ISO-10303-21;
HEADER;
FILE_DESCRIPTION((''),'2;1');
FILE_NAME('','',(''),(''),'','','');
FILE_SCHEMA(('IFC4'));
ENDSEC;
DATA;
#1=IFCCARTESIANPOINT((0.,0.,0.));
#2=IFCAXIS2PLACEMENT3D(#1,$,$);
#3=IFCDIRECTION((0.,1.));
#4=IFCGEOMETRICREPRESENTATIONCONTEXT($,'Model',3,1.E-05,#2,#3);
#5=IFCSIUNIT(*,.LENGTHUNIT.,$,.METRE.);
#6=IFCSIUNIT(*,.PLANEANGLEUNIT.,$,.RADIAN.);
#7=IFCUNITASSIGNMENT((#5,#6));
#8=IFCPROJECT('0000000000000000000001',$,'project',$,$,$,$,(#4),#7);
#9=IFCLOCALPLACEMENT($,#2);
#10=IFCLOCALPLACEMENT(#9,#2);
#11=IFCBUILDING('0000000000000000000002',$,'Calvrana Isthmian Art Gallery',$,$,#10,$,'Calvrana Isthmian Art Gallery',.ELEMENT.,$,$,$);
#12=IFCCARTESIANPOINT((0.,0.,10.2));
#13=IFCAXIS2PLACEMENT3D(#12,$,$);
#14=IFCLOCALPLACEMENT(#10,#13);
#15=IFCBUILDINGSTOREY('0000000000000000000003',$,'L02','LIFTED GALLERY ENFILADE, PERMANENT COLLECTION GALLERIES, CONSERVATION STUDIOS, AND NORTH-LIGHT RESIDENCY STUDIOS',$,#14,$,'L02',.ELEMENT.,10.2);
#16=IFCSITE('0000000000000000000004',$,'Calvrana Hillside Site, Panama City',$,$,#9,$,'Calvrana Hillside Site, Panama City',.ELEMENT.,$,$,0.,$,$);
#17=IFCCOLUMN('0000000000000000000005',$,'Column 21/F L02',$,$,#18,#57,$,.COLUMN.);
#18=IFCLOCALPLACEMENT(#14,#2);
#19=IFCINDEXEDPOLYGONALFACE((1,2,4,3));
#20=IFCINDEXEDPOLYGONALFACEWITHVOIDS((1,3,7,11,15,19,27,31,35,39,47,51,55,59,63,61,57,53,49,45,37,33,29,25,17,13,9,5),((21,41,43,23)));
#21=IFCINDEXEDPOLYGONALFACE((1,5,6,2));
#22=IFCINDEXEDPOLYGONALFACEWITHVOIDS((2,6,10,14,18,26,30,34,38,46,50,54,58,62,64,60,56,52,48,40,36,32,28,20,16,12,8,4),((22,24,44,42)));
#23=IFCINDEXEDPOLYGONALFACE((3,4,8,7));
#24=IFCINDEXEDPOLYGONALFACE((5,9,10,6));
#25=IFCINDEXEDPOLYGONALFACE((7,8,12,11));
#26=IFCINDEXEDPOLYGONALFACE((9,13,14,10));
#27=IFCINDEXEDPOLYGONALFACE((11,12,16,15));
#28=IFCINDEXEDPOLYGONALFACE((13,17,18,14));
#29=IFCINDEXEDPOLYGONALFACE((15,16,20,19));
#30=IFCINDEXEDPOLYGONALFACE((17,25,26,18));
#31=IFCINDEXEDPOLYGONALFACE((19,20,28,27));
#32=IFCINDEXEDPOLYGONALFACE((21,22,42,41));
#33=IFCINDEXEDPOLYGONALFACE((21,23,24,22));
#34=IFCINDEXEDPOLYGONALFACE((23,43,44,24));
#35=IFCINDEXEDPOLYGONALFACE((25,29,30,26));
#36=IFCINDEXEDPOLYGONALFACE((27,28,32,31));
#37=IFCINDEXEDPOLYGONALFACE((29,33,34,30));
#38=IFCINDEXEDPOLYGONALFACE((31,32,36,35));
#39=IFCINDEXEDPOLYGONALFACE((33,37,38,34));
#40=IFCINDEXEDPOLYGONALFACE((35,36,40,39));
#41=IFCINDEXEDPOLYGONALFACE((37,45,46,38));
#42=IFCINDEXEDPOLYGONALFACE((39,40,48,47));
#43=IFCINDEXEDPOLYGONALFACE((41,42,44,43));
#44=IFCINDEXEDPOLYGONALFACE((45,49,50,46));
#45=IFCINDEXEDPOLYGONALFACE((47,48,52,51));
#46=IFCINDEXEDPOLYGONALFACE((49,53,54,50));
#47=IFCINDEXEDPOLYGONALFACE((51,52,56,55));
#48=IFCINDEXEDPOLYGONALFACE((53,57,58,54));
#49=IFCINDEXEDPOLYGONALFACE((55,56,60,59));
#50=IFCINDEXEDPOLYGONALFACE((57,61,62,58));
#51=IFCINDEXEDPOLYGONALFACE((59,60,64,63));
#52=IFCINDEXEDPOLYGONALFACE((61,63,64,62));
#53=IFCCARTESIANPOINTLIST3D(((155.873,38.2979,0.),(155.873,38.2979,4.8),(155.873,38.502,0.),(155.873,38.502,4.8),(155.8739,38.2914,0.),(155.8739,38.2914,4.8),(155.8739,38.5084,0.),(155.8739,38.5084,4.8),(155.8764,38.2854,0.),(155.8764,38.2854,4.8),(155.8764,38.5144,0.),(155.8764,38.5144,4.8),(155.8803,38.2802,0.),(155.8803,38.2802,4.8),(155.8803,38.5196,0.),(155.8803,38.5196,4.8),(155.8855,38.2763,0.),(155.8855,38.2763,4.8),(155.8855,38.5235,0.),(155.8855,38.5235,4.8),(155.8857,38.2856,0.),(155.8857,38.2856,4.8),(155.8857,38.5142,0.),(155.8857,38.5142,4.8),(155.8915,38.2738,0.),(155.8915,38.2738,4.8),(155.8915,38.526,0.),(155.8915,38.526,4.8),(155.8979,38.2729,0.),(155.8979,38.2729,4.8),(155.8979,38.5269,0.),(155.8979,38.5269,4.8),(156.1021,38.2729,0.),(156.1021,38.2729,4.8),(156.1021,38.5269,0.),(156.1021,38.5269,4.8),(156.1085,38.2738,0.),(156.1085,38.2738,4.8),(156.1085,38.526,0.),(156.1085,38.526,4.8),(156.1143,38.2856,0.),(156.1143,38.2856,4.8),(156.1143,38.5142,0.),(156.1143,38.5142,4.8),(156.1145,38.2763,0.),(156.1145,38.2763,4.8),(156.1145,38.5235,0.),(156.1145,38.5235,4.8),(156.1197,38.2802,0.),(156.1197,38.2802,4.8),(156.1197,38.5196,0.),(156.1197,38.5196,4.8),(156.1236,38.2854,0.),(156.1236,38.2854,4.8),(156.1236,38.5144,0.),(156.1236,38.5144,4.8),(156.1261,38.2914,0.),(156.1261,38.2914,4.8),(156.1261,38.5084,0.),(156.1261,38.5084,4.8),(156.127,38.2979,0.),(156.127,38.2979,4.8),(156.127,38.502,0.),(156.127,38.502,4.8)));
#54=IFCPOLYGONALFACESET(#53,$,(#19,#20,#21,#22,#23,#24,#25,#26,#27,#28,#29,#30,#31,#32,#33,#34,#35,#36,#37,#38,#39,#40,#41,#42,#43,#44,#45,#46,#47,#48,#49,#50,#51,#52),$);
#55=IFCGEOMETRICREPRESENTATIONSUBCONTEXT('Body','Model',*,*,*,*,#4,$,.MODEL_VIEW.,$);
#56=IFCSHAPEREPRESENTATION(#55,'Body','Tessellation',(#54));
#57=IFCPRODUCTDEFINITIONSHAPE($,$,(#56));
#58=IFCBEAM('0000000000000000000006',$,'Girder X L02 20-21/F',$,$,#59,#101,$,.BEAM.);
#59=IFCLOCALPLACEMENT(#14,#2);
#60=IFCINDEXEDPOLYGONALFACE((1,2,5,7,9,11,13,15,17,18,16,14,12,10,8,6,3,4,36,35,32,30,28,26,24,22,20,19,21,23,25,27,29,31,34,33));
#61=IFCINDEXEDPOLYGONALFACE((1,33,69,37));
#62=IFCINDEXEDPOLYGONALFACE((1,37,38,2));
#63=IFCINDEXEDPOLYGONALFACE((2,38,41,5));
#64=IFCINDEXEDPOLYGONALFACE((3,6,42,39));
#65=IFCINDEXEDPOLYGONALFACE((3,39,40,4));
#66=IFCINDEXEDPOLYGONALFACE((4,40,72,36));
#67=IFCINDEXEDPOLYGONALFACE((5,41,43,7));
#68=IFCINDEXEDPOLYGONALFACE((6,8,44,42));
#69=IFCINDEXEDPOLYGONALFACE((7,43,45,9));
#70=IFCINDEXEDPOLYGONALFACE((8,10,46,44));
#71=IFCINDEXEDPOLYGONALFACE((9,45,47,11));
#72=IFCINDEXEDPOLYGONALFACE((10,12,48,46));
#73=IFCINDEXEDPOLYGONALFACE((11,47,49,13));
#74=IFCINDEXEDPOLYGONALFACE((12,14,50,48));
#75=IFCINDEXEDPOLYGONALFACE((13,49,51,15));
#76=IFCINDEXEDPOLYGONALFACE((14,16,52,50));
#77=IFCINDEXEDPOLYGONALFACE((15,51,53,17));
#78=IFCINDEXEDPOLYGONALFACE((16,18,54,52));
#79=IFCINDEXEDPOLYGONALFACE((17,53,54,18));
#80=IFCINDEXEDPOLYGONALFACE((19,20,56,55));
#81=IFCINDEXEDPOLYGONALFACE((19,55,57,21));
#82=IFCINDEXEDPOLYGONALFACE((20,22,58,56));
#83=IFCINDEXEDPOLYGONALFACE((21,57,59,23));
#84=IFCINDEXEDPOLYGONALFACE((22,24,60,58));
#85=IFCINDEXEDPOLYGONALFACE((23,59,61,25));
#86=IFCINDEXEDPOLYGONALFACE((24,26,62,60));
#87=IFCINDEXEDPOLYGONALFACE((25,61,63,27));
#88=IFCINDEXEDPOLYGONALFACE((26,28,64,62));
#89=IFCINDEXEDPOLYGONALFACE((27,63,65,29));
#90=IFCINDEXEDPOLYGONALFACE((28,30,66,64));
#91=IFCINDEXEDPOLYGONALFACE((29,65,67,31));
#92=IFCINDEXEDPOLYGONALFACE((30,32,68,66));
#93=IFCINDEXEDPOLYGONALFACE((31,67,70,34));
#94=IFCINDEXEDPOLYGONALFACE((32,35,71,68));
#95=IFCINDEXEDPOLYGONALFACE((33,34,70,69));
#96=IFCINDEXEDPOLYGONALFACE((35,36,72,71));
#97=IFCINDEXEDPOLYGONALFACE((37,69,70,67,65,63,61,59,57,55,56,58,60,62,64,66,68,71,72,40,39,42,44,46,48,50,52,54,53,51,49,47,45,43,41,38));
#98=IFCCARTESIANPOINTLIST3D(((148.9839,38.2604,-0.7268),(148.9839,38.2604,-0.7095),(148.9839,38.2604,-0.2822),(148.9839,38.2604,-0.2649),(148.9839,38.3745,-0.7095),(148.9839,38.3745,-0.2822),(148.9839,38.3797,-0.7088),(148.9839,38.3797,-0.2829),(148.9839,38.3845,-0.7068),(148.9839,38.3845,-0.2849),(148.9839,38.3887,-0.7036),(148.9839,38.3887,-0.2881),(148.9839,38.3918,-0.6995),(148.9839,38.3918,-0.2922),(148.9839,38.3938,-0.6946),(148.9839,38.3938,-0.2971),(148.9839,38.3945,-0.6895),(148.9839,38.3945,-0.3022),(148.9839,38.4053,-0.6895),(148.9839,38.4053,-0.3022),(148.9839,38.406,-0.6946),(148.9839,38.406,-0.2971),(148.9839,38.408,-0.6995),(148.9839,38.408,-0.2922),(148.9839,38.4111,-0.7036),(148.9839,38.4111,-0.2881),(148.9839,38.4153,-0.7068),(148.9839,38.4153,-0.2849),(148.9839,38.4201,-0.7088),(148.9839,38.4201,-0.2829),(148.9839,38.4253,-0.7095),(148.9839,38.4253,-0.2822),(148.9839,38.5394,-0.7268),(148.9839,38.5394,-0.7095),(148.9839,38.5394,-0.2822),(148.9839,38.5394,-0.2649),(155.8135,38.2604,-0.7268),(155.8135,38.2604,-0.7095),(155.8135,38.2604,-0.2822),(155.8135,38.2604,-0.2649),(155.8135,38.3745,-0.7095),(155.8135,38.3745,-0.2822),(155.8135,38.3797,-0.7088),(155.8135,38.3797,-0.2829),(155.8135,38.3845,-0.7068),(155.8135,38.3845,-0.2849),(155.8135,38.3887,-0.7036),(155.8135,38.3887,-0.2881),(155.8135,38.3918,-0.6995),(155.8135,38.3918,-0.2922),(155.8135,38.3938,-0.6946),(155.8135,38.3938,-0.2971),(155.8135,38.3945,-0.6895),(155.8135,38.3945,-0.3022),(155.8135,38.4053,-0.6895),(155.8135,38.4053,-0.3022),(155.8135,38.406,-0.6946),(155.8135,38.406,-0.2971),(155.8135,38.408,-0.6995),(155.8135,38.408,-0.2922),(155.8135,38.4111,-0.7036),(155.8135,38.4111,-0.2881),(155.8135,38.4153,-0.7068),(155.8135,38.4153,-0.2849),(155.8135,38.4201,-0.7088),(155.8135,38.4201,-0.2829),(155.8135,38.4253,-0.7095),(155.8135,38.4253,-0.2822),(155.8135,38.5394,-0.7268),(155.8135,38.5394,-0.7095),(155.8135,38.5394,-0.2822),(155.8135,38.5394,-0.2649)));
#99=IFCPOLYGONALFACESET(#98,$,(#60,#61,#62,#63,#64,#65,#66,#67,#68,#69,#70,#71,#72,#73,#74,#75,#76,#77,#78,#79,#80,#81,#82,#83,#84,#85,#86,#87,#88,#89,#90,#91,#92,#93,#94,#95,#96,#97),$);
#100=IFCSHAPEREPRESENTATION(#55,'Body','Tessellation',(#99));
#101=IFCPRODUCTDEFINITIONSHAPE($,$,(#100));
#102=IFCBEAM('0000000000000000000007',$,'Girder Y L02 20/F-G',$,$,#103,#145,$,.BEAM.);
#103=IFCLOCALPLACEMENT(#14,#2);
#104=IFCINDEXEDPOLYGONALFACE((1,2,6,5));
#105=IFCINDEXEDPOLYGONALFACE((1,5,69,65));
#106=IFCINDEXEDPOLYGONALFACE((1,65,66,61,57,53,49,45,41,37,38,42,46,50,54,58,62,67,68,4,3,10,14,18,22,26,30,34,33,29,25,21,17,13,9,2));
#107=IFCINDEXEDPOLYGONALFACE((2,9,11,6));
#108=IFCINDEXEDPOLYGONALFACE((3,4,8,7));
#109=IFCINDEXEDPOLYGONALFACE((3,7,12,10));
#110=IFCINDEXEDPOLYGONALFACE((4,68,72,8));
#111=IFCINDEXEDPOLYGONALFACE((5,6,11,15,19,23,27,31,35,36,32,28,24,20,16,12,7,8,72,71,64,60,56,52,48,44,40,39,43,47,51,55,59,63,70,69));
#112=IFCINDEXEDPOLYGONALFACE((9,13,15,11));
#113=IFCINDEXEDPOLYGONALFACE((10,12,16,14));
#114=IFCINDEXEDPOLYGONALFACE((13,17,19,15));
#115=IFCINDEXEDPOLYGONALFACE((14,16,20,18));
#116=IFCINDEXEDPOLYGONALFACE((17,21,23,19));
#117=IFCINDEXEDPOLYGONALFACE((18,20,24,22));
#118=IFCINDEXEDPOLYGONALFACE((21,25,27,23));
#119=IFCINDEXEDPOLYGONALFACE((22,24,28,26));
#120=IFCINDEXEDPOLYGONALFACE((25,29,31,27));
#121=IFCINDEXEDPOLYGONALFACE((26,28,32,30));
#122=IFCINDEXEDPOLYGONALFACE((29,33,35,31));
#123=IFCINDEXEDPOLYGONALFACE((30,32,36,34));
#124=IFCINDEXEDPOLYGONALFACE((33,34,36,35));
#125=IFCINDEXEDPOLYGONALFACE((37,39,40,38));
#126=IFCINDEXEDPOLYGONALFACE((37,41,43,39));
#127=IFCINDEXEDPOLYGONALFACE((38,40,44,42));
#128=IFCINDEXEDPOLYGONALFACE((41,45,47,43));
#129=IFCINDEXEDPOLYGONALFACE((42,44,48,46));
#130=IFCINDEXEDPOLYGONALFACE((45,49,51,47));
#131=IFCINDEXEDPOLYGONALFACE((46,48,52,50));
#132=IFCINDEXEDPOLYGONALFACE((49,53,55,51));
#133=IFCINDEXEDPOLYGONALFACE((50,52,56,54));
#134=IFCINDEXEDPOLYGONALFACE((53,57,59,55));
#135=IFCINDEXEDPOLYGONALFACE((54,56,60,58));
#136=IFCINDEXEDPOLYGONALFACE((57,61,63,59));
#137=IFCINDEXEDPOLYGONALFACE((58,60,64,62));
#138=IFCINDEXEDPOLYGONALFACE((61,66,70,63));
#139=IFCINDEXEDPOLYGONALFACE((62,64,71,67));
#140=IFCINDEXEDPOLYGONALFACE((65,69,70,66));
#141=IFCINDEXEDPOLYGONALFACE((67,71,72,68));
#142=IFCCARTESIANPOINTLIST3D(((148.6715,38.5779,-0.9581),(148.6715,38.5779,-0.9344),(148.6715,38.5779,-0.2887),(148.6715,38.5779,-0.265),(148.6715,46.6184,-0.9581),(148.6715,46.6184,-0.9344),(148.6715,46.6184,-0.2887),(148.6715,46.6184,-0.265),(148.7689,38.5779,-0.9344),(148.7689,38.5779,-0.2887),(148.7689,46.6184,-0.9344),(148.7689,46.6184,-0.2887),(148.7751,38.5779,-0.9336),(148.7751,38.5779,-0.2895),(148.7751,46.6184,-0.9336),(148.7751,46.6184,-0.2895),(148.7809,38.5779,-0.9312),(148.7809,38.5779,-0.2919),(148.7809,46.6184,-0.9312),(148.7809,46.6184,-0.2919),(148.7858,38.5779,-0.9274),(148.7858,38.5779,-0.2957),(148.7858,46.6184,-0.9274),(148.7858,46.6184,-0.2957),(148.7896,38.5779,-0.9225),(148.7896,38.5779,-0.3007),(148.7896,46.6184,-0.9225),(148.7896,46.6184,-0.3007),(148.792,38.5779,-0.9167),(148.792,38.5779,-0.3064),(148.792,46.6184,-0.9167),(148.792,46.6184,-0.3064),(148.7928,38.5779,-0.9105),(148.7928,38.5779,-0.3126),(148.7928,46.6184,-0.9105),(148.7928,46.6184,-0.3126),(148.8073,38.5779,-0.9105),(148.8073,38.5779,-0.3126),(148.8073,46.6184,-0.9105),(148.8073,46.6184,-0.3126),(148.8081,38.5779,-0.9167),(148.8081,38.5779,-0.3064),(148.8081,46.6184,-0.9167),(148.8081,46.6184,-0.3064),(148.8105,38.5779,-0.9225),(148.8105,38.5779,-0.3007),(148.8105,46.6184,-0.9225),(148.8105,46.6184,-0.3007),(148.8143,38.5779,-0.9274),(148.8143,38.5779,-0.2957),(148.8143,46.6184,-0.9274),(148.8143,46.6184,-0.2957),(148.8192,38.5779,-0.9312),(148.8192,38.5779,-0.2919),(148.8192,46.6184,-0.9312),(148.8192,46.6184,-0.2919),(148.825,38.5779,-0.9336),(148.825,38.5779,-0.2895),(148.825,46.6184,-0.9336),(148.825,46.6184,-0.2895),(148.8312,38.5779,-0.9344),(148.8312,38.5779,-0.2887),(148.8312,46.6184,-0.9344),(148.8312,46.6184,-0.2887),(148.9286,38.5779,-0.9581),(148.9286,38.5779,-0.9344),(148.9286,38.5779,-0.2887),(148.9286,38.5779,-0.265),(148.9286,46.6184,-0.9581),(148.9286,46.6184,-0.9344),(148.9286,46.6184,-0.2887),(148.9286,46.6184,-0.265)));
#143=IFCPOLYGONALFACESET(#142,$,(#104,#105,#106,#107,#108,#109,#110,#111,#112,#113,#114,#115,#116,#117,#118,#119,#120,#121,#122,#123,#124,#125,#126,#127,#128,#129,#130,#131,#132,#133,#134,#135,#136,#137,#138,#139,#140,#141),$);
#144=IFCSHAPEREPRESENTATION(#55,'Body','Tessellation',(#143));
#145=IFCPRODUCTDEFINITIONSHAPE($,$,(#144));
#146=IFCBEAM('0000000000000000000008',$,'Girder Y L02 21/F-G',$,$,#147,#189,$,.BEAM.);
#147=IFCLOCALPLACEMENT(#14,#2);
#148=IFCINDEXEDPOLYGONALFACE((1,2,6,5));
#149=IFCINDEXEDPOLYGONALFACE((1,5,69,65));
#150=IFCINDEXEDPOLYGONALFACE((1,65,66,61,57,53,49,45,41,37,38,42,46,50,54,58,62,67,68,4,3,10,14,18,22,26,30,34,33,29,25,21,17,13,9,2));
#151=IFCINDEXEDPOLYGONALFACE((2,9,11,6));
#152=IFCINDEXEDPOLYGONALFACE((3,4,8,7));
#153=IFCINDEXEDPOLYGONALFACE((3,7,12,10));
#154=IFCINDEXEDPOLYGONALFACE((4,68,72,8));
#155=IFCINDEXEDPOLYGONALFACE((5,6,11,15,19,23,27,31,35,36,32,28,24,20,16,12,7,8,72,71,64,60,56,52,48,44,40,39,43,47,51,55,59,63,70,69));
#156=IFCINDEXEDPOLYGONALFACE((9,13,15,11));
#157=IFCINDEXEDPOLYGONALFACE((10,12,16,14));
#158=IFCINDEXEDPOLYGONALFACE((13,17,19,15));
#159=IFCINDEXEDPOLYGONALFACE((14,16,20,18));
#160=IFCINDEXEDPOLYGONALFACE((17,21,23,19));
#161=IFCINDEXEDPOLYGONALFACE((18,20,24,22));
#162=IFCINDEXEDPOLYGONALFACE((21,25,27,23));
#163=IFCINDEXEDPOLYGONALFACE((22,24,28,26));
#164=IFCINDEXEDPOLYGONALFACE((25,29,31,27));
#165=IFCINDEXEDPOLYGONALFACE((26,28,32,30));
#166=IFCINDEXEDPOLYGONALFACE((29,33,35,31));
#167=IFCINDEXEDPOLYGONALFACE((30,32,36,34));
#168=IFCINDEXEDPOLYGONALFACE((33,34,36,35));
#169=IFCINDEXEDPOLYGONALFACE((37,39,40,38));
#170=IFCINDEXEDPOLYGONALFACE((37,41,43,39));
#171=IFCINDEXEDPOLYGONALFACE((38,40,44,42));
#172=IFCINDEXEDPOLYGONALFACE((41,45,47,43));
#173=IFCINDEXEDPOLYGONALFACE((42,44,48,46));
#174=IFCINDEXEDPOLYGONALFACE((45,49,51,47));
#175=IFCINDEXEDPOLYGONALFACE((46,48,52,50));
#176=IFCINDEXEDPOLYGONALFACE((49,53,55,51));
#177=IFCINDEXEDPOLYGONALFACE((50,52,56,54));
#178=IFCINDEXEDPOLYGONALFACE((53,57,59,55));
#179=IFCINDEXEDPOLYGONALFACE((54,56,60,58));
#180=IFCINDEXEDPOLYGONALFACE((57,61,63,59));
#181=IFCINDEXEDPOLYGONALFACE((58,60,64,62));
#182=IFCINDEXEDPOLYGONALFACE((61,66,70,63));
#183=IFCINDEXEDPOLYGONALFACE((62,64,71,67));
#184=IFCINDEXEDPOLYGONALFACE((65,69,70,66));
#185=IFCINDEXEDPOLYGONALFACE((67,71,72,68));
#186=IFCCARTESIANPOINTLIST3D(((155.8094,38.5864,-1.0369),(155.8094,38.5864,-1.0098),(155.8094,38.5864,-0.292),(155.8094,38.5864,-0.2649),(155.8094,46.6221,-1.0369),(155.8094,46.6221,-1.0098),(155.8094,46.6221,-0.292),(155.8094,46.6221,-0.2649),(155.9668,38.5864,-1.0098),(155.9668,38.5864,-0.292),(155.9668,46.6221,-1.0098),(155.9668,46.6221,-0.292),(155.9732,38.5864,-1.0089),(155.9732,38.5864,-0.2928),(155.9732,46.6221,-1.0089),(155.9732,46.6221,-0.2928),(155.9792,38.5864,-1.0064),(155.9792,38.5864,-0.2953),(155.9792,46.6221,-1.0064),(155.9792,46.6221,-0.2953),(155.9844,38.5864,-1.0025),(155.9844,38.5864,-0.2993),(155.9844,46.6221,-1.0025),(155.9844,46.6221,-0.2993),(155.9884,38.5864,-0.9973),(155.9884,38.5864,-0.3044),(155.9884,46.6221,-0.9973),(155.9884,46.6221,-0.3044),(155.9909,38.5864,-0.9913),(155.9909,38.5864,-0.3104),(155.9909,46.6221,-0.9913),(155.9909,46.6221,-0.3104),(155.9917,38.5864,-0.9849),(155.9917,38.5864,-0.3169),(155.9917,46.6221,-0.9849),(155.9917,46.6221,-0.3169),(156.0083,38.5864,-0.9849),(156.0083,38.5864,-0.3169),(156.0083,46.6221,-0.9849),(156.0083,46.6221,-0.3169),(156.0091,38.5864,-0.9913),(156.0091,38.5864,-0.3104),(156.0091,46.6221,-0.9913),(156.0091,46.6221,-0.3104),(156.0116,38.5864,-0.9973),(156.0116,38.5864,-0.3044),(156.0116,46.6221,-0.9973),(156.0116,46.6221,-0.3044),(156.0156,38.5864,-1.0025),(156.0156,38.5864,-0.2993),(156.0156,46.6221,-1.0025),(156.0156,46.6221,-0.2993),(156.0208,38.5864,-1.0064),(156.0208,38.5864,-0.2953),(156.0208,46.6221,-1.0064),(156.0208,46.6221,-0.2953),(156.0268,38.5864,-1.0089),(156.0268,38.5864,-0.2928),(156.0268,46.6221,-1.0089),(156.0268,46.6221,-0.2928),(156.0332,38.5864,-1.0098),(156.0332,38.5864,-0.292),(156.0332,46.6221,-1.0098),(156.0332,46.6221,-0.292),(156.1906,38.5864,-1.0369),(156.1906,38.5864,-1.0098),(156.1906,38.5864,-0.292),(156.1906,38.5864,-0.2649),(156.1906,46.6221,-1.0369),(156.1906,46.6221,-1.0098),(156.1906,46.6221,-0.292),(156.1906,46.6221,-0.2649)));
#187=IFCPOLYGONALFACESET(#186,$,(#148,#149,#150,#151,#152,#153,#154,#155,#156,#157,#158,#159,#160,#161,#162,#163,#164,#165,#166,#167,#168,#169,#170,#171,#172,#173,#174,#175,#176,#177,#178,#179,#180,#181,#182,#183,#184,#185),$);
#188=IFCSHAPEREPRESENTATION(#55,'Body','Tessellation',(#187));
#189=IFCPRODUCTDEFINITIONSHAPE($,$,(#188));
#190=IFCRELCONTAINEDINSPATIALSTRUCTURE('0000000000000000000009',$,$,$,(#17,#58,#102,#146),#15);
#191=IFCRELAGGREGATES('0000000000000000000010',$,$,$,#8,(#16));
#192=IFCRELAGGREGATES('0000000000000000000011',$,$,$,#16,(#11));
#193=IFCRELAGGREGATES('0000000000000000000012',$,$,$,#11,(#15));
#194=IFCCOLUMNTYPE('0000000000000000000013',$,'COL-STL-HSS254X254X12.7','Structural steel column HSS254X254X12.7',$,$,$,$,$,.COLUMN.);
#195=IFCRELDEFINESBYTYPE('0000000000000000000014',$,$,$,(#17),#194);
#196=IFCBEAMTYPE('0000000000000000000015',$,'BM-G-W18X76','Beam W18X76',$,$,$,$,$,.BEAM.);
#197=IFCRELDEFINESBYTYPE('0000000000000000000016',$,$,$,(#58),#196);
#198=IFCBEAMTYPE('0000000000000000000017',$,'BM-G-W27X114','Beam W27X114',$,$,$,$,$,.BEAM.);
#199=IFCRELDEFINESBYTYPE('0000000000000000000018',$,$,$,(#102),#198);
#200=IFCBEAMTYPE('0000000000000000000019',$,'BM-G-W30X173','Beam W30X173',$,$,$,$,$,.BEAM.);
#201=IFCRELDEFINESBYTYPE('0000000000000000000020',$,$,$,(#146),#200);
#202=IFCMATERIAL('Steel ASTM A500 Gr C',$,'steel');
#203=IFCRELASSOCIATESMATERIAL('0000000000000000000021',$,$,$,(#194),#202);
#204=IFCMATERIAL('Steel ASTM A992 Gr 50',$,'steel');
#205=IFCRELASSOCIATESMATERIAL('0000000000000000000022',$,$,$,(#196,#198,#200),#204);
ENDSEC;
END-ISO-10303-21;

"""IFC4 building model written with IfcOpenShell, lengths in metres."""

from ifc_helpers import new_model, si_unit, direction, frame, origin, origin_2d, place, context, subcontext, project, spatial, hollow_rectangle, i_section, extrude, material, material_profile, profile_set, type_object, element, save


model = new_model("IFC4")

# Units and contexts
model_context = context("Model", 3, precision=1e-05, world=origin(), true_north=direction((0.0, 1.0)))
body_context = subcontext(model_context, "Body", "Model", "MODEL_VIEW")
ifc_project = project(units=[si_unit("LENGTHUNIT", "METRE"), si_unit("PLANEANGLEUNIT", "RADIAN")], contexts=[model_context])

# Site, building, storey
site_placement = place(None, origin())
site = spatial("IfcSite", under=ifc_project, at=site_placement, Name="Calvrana Hillside Site, Panama City", LongName="Calvrana Hillside Site, Panama City", CompositionType="ELEMENT", RefElevation=0.0)
building_placement = place(site_placement, origin())
building = spatial("IfcBuilding", under=site, at=building_placement, Name="Calvrana Isthmian Art Gallery", LongName="Calvrana Isthmian Art Gallery", CompositionType="ELEMENT")
storey_placement = place(building_placement, frame((0.0, 0.0, 10.2)))
storey = spatial("IfcBuildingStorey", under=building, at=storey_placement, Name="L02", Description="LIFTED GALLERY ENFILADE, PERMANENT COLLECTION GALLERIES, CONSERVATION STUDIOS, AND NORTH-LIGHT RESIDENCY STUDIOS", LongName="L02", CompositionType="ELEMENT", Elevation=10.2)

# Column
ifc_material_1 = material(Name="Steel ASTM A500 Gr C", Category="steel")
ifc_material_profile_1 = material_profile(ifc_material_1, hollow_rectangle(XDim=0.2539, YDim=0.2539, WallThickness=0.0127, OuterFilletRadius=0.0249, at=origin_2d()), Name="HSS254X254X12.7")
ifc_profile_set_1 = profile_set([ifc_material_profile_1], Name="Steel ASTM A500 Gr C")
column_type = type_object("IfcColumnType", Name="COL-STL-HSS254X254X12.7", Description="Structural steel column HSS254X254X12.7", PredefinedType="COLUMN", material=ifc_profile_set_1)
column_placement = place(storey_placement, frame((156.0, 38.3999, 0.0), z_axis=(0.0, 0.0, 1.0), x_axis=(1.0, 0.0, 0.0)))
element("IfcColumn", 1, at=column_placement, inside=storey, type_object=column_type, Name="Column 21/F L02", PredefinedType="COLUMN", context=body_context, shape_type="SweptSolid", body=[
    extrude(hollow_rectangle(XDim=0.2539, YDim=0.2539, WallThickness=0.0127, OuterFilletRadius=0.0249, at=origin_2d()), origin(), (0.0, 0.0, 1.0), 4.8),
])

# Beams
ifc_material_2 = material(Name="Steel ASTM A992 Gr 50", Category="steel")
ifc_material_profile_2 = material_profile(ifc_material_2, i_section(OverallWidth=0.2791, OverallDepth=0.4619, WebThickness=0.0107, FlangeThickness=0.0173, FilletRadius=0.02, at=origin_2d()), Name="W18X76")
ifc_profile_set_2 = profile_set([ifc_material_profile_2], Name="Steel ASTM A992 Gr 50")
beam_type_1 = type_object("IfcBeamType", Name="BM-G-W18X76", Description="Beam W18X76", PredefinedType="BEAM", material=ifc_profile_set_2)
beam_1_placement = place(storey_placement, frame((148.9839, 38.3999, -0.4958), z_axis=(1.0, 0.0, 0.0), x_axis=(0.0, 1.0, 0.0)))
element("IfcBeam", 2, at=beam_1_placement, inside=storey, type_object=beam_type_1, Name="Girder X L02 20-21/F", PredefinedType="BEAM", context=body_context, shape_type="SweptSolid", body=[
    extrude(i_section(OverallWidth=0.2791, OverallDepth=0.4619, WebThickness=0.0107, FlangeThickness=0.0173, FilletRadius=0.02, at=origin_2d()), origin(), (0.0, 0.0, 1.0), 6.8296),
])
ifc_material_profile_3 = material_profile(ifc_material_2, i_section(OverallWidth=0.2571, OverallDepth=0.6931, WebThickness=0.0144, FlangeThickness=0.0237, FilletRadius=0.0239, at=origin_2d()), Name="W27X114")
ifc_profile_set_3 = profile_set([ifc_material_profile_3], Name="Steel ASTM A992 Gr 50")
beam_type_2 = type_object("IfcBeamType", Name="BM-G-W27X114", Description="Beam W27X114", PredefinedType="BEAM", material=ifc_profile_set_3)
beam_2_placement = place(storey_placement, frame((148.8, 38.5779, -0.6116), z_axis=(0.0, 1.0, 0.0), x_axis=(-1.0, 0.0, 0.0)))
element("IfcBeam", 3, at=beam_2_placement, inside=storey, type_object=beam_type_2, Name="Girder Y L02 20/F-G", PredefinedType="BEAM", context=body_context, shape_type="SweptSolid", body=[
    extrude(i_section(OverallWidth=0.2571, OverallDepth=0.6931, WebThickness=0.0144, FlangeThickness=0.0237, FilletRadius=0.0239, at=origin_2d()), origin(), (0.0, 0.0, 1.0), 8.0405),
])
ifc_material_profile_4 = material_profile(ifc_material_2, i_section(OverallWidth=0.3811, OverallDepth=0.772, WebThickness=0.0166, FlangeThickness=0.0271, FilletRadius=0.0249, at=origin_2d()), Name="W30X173")
ifc_profile_set_4 = profile_set([ifc_material_profile_4], Name="Steel ASTM A992 Gr 50")
beam_type_3 = type_object("IfcBeamType", Name="BM-G-W30X173", Description="Beam W30X173", PredefinedType="BEAM", material=ifc_profile_set_4)
beam_3_placement = place(storey_placement, frame((156.0, 38.5864, -0.6509), z_axis=(0.0, 1.0, 0.0), x_axis=(-1.0, 0.0, 0.0)))
element("IfcBeam", 4, at=beam_3_placement, inside=storey, type_object=beam_type_3, Name="Girder Y L02 21/F-G", PredefinedType="BEAM", context=body_context, shape_type="SweptSolid", body=[
    extrude(i_section(OverallWidth=0.3811, OverallDepth=0.772, WebThickness=0.0166, FlangeThickness=0.0271, FilletRadius=0.0249, at=origin_2d()), origin(), (0.0, 0.0, 1.0), 8.0356),
])

save(model, "model.ifc")
